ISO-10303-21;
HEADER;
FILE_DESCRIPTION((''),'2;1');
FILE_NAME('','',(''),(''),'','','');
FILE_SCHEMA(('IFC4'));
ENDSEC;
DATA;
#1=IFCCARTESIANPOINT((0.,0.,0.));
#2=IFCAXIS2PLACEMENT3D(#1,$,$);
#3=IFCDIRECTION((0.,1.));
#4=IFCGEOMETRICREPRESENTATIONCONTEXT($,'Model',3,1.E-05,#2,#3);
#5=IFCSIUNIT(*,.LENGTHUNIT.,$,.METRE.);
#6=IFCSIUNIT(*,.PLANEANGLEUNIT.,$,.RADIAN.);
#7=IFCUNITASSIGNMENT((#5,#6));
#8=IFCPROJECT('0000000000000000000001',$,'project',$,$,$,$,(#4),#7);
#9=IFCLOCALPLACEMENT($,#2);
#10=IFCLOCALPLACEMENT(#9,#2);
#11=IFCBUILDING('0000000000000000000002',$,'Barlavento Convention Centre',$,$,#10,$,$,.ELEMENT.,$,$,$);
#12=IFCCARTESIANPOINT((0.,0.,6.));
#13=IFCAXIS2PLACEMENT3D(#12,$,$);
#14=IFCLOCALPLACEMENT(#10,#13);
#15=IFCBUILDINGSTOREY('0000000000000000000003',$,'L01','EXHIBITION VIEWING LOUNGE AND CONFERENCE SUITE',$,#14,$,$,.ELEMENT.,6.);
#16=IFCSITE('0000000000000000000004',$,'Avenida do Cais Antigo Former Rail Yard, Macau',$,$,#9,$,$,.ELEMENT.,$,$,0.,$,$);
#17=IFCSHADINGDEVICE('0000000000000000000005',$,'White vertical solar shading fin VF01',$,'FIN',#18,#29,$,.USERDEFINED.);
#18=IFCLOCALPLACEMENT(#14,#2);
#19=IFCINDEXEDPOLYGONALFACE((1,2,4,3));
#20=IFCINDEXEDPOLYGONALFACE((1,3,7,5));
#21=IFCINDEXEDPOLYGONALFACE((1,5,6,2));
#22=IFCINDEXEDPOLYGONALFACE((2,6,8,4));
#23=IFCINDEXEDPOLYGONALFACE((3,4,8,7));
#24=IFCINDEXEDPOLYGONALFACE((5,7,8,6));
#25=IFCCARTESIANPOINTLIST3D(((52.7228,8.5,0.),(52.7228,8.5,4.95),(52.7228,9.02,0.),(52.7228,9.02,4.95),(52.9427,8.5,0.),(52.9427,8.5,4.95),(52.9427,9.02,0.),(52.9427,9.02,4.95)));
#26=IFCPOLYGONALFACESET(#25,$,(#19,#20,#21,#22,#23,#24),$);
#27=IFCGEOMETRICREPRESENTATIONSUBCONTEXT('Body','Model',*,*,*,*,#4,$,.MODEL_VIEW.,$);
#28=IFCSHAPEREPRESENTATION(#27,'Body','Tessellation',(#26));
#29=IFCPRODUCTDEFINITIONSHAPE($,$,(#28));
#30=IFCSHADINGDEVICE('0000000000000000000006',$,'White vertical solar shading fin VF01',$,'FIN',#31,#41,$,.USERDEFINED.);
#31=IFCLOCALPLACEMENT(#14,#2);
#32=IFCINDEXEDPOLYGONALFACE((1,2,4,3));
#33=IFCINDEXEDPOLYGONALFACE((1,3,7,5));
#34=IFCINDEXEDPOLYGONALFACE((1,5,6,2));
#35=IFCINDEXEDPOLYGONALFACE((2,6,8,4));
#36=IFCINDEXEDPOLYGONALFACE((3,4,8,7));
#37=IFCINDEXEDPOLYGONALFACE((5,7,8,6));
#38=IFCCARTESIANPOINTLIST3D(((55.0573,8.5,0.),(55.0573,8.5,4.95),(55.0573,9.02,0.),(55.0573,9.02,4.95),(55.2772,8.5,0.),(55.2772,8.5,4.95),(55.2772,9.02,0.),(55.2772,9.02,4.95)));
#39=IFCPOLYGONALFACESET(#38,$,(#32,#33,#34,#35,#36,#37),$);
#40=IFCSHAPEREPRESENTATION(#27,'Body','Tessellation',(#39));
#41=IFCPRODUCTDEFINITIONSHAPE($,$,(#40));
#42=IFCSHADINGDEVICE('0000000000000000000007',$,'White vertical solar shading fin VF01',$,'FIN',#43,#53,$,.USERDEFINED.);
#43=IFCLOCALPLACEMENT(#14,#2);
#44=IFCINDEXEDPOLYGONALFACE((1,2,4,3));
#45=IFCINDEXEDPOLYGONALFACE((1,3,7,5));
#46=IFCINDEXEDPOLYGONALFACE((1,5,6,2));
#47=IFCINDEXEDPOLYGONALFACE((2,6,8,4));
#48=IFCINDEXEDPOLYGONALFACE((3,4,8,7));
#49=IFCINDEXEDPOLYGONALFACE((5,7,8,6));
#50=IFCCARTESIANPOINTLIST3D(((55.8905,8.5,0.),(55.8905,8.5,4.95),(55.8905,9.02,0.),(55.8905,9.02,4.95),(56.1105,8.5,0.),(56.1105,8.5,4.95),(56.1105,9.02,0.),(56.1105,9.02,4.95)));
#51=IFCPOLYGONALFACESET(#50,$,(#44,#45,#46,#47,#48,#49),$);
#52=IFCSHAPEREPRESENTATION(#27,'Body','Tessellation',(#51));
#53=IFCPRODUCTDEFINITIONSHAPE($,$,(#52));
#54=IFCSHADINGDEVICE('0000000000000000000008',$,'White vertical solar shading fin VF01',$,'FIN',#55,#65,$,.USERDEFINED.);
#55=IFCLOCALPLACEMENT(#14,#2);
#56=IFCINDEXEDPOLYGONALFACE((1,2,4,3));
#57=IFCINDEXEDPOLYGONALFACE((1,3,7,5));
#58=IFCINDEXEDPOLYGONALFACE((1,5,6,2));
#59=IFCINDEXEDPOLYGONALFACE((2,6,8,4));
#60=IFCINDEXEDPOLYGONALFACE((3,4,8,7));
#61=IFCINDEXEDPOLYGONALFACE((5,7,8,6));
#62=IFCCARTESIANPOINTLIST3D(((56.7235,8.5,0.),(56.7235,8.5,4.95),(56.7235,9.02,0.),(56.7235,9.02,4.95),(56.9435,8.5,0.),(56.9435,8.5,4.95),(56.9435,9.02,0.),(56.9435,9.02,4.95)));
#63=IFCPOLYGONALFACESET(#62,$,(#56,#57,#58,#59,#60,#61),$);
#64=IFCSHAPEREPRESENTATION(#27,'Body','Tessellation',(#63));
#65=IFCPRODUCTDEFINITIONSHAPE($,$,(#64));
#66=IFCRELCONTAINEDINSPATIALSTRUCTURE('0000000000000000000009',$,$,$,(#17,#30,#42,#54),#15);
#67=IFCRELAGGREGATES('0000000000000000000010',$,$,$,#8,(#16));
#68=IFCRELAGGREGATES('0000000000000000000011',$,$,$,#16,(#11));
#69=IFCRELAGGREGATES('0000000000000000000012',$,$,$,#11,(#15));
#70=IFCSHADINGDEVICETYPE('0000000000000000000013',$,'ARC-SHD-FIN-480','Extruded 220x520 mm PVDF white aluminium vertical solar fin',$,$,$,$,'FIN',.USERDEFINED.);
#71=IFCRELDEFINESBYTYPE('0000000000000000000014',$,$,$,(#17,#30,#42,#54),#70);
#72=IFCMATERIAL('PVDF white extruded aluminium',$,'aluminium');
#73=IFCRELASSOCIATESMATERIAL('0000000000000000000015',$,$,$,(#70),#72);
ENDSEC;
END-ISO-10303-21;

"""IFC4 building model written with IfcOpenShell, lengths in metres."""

from ifc_helpers import new_model, si_unit, direction, frame, origin, origin_2d, place, context, subcontext, project, spatial, rectangle, extrude, material, type_object, element, save


model = new_model("IFC4")

# Units and contexts
model_context = context("Model", 3, precision=1e-05, world=origin(), true_north=direction((0.0, 1.0)))
body_context = subcontext(model_context, "Body", "Model", "MODEL_VIEW")
ifc_project = project(units=[si_unit("LENGTHUNIT", "METRE"), si_unit("PLANEANGLEUNIT", "RADIAN")], contexts=[model_context])

# Site, building, storey
site_placement = place(None, origin())
site = spatial("IfcSite", under=ifc_project, at=site_placement, Name="Avenida do Cais Antigo Former Rail Yard, Macau", CompositionType="ELEMENT", RefElevation=0.0)
building_placement = place(site_placement, origin())
building = spatial("IfcBuilding", under=site, at=building_placement, Name="Barlavento Convention Centre", CompositionType="ELEMENT")
storey_placement = place(building_placement, frame((0.0, 0.0, 6.0)))
storey = spatial("IfcBuildingStorey", under=building, at=storey_placement, Name="L01", Description="EXHIBITION VIEWING LOUNGE AND CONFERENCE SUITE", CompositionType="ELEMENT", Elevation=6.0)

# Shading devices
ifc_material_1 = material(Name="PVDF white extruded aluminium", Category="aluminium")
shading_device_type = type_object("IfcShadingDeviceType", Name="ARC-SHD-FIN-480", Description="Extruded 220x520 mm PVDF white aluminium vertical solar fin", ElementType="FIN", PredefinedType="USERDEFINED", material=ifc_material_1)
for number, where, z_axis, x_axis, name in (
    (1, (52.8328, 8.76, 0.0), (0.0, 0.0, 1.0), (1.0, 0.0, 0.0), "White vertical solar shading fin VF01"),
    (2, (55.1672, 8.76, 0.0), (0.0, 0.0, 1.0), (1.0, 0.0, 0.0), "White vertical solar shading fin VF01"),
    (3, (56.0005, 8.76, 0.0), (0.0, 0.0, 1.0), (1.0, 0.0, 0.0), "White vertical solar shading fin VF01"),
    (4, (56.8335, 8.76, 0.0), (0.0, 0.0, 1.0), (1.0, 0.0, 0.0), "White vertical solar shading fin VF01"),
):
    element("IfcShadingDevice", number, at=place(storey_placement, frame(where, z_axis=z_axis, x_axis=x_axis)), inside=storey, type_object=shading_device_type, Name=name, ObjectType="FIN", PredefinedType="USERDEFINED", context=body_context, shape_type="SweptSolid", body=[
        extrude(rectangle(XDim=0.22, YDim=0.52, at=origin_2d()), origin(), (0.0, 0.0, 1.0), 4.95),
    ])

save(model, "model.ifc")
